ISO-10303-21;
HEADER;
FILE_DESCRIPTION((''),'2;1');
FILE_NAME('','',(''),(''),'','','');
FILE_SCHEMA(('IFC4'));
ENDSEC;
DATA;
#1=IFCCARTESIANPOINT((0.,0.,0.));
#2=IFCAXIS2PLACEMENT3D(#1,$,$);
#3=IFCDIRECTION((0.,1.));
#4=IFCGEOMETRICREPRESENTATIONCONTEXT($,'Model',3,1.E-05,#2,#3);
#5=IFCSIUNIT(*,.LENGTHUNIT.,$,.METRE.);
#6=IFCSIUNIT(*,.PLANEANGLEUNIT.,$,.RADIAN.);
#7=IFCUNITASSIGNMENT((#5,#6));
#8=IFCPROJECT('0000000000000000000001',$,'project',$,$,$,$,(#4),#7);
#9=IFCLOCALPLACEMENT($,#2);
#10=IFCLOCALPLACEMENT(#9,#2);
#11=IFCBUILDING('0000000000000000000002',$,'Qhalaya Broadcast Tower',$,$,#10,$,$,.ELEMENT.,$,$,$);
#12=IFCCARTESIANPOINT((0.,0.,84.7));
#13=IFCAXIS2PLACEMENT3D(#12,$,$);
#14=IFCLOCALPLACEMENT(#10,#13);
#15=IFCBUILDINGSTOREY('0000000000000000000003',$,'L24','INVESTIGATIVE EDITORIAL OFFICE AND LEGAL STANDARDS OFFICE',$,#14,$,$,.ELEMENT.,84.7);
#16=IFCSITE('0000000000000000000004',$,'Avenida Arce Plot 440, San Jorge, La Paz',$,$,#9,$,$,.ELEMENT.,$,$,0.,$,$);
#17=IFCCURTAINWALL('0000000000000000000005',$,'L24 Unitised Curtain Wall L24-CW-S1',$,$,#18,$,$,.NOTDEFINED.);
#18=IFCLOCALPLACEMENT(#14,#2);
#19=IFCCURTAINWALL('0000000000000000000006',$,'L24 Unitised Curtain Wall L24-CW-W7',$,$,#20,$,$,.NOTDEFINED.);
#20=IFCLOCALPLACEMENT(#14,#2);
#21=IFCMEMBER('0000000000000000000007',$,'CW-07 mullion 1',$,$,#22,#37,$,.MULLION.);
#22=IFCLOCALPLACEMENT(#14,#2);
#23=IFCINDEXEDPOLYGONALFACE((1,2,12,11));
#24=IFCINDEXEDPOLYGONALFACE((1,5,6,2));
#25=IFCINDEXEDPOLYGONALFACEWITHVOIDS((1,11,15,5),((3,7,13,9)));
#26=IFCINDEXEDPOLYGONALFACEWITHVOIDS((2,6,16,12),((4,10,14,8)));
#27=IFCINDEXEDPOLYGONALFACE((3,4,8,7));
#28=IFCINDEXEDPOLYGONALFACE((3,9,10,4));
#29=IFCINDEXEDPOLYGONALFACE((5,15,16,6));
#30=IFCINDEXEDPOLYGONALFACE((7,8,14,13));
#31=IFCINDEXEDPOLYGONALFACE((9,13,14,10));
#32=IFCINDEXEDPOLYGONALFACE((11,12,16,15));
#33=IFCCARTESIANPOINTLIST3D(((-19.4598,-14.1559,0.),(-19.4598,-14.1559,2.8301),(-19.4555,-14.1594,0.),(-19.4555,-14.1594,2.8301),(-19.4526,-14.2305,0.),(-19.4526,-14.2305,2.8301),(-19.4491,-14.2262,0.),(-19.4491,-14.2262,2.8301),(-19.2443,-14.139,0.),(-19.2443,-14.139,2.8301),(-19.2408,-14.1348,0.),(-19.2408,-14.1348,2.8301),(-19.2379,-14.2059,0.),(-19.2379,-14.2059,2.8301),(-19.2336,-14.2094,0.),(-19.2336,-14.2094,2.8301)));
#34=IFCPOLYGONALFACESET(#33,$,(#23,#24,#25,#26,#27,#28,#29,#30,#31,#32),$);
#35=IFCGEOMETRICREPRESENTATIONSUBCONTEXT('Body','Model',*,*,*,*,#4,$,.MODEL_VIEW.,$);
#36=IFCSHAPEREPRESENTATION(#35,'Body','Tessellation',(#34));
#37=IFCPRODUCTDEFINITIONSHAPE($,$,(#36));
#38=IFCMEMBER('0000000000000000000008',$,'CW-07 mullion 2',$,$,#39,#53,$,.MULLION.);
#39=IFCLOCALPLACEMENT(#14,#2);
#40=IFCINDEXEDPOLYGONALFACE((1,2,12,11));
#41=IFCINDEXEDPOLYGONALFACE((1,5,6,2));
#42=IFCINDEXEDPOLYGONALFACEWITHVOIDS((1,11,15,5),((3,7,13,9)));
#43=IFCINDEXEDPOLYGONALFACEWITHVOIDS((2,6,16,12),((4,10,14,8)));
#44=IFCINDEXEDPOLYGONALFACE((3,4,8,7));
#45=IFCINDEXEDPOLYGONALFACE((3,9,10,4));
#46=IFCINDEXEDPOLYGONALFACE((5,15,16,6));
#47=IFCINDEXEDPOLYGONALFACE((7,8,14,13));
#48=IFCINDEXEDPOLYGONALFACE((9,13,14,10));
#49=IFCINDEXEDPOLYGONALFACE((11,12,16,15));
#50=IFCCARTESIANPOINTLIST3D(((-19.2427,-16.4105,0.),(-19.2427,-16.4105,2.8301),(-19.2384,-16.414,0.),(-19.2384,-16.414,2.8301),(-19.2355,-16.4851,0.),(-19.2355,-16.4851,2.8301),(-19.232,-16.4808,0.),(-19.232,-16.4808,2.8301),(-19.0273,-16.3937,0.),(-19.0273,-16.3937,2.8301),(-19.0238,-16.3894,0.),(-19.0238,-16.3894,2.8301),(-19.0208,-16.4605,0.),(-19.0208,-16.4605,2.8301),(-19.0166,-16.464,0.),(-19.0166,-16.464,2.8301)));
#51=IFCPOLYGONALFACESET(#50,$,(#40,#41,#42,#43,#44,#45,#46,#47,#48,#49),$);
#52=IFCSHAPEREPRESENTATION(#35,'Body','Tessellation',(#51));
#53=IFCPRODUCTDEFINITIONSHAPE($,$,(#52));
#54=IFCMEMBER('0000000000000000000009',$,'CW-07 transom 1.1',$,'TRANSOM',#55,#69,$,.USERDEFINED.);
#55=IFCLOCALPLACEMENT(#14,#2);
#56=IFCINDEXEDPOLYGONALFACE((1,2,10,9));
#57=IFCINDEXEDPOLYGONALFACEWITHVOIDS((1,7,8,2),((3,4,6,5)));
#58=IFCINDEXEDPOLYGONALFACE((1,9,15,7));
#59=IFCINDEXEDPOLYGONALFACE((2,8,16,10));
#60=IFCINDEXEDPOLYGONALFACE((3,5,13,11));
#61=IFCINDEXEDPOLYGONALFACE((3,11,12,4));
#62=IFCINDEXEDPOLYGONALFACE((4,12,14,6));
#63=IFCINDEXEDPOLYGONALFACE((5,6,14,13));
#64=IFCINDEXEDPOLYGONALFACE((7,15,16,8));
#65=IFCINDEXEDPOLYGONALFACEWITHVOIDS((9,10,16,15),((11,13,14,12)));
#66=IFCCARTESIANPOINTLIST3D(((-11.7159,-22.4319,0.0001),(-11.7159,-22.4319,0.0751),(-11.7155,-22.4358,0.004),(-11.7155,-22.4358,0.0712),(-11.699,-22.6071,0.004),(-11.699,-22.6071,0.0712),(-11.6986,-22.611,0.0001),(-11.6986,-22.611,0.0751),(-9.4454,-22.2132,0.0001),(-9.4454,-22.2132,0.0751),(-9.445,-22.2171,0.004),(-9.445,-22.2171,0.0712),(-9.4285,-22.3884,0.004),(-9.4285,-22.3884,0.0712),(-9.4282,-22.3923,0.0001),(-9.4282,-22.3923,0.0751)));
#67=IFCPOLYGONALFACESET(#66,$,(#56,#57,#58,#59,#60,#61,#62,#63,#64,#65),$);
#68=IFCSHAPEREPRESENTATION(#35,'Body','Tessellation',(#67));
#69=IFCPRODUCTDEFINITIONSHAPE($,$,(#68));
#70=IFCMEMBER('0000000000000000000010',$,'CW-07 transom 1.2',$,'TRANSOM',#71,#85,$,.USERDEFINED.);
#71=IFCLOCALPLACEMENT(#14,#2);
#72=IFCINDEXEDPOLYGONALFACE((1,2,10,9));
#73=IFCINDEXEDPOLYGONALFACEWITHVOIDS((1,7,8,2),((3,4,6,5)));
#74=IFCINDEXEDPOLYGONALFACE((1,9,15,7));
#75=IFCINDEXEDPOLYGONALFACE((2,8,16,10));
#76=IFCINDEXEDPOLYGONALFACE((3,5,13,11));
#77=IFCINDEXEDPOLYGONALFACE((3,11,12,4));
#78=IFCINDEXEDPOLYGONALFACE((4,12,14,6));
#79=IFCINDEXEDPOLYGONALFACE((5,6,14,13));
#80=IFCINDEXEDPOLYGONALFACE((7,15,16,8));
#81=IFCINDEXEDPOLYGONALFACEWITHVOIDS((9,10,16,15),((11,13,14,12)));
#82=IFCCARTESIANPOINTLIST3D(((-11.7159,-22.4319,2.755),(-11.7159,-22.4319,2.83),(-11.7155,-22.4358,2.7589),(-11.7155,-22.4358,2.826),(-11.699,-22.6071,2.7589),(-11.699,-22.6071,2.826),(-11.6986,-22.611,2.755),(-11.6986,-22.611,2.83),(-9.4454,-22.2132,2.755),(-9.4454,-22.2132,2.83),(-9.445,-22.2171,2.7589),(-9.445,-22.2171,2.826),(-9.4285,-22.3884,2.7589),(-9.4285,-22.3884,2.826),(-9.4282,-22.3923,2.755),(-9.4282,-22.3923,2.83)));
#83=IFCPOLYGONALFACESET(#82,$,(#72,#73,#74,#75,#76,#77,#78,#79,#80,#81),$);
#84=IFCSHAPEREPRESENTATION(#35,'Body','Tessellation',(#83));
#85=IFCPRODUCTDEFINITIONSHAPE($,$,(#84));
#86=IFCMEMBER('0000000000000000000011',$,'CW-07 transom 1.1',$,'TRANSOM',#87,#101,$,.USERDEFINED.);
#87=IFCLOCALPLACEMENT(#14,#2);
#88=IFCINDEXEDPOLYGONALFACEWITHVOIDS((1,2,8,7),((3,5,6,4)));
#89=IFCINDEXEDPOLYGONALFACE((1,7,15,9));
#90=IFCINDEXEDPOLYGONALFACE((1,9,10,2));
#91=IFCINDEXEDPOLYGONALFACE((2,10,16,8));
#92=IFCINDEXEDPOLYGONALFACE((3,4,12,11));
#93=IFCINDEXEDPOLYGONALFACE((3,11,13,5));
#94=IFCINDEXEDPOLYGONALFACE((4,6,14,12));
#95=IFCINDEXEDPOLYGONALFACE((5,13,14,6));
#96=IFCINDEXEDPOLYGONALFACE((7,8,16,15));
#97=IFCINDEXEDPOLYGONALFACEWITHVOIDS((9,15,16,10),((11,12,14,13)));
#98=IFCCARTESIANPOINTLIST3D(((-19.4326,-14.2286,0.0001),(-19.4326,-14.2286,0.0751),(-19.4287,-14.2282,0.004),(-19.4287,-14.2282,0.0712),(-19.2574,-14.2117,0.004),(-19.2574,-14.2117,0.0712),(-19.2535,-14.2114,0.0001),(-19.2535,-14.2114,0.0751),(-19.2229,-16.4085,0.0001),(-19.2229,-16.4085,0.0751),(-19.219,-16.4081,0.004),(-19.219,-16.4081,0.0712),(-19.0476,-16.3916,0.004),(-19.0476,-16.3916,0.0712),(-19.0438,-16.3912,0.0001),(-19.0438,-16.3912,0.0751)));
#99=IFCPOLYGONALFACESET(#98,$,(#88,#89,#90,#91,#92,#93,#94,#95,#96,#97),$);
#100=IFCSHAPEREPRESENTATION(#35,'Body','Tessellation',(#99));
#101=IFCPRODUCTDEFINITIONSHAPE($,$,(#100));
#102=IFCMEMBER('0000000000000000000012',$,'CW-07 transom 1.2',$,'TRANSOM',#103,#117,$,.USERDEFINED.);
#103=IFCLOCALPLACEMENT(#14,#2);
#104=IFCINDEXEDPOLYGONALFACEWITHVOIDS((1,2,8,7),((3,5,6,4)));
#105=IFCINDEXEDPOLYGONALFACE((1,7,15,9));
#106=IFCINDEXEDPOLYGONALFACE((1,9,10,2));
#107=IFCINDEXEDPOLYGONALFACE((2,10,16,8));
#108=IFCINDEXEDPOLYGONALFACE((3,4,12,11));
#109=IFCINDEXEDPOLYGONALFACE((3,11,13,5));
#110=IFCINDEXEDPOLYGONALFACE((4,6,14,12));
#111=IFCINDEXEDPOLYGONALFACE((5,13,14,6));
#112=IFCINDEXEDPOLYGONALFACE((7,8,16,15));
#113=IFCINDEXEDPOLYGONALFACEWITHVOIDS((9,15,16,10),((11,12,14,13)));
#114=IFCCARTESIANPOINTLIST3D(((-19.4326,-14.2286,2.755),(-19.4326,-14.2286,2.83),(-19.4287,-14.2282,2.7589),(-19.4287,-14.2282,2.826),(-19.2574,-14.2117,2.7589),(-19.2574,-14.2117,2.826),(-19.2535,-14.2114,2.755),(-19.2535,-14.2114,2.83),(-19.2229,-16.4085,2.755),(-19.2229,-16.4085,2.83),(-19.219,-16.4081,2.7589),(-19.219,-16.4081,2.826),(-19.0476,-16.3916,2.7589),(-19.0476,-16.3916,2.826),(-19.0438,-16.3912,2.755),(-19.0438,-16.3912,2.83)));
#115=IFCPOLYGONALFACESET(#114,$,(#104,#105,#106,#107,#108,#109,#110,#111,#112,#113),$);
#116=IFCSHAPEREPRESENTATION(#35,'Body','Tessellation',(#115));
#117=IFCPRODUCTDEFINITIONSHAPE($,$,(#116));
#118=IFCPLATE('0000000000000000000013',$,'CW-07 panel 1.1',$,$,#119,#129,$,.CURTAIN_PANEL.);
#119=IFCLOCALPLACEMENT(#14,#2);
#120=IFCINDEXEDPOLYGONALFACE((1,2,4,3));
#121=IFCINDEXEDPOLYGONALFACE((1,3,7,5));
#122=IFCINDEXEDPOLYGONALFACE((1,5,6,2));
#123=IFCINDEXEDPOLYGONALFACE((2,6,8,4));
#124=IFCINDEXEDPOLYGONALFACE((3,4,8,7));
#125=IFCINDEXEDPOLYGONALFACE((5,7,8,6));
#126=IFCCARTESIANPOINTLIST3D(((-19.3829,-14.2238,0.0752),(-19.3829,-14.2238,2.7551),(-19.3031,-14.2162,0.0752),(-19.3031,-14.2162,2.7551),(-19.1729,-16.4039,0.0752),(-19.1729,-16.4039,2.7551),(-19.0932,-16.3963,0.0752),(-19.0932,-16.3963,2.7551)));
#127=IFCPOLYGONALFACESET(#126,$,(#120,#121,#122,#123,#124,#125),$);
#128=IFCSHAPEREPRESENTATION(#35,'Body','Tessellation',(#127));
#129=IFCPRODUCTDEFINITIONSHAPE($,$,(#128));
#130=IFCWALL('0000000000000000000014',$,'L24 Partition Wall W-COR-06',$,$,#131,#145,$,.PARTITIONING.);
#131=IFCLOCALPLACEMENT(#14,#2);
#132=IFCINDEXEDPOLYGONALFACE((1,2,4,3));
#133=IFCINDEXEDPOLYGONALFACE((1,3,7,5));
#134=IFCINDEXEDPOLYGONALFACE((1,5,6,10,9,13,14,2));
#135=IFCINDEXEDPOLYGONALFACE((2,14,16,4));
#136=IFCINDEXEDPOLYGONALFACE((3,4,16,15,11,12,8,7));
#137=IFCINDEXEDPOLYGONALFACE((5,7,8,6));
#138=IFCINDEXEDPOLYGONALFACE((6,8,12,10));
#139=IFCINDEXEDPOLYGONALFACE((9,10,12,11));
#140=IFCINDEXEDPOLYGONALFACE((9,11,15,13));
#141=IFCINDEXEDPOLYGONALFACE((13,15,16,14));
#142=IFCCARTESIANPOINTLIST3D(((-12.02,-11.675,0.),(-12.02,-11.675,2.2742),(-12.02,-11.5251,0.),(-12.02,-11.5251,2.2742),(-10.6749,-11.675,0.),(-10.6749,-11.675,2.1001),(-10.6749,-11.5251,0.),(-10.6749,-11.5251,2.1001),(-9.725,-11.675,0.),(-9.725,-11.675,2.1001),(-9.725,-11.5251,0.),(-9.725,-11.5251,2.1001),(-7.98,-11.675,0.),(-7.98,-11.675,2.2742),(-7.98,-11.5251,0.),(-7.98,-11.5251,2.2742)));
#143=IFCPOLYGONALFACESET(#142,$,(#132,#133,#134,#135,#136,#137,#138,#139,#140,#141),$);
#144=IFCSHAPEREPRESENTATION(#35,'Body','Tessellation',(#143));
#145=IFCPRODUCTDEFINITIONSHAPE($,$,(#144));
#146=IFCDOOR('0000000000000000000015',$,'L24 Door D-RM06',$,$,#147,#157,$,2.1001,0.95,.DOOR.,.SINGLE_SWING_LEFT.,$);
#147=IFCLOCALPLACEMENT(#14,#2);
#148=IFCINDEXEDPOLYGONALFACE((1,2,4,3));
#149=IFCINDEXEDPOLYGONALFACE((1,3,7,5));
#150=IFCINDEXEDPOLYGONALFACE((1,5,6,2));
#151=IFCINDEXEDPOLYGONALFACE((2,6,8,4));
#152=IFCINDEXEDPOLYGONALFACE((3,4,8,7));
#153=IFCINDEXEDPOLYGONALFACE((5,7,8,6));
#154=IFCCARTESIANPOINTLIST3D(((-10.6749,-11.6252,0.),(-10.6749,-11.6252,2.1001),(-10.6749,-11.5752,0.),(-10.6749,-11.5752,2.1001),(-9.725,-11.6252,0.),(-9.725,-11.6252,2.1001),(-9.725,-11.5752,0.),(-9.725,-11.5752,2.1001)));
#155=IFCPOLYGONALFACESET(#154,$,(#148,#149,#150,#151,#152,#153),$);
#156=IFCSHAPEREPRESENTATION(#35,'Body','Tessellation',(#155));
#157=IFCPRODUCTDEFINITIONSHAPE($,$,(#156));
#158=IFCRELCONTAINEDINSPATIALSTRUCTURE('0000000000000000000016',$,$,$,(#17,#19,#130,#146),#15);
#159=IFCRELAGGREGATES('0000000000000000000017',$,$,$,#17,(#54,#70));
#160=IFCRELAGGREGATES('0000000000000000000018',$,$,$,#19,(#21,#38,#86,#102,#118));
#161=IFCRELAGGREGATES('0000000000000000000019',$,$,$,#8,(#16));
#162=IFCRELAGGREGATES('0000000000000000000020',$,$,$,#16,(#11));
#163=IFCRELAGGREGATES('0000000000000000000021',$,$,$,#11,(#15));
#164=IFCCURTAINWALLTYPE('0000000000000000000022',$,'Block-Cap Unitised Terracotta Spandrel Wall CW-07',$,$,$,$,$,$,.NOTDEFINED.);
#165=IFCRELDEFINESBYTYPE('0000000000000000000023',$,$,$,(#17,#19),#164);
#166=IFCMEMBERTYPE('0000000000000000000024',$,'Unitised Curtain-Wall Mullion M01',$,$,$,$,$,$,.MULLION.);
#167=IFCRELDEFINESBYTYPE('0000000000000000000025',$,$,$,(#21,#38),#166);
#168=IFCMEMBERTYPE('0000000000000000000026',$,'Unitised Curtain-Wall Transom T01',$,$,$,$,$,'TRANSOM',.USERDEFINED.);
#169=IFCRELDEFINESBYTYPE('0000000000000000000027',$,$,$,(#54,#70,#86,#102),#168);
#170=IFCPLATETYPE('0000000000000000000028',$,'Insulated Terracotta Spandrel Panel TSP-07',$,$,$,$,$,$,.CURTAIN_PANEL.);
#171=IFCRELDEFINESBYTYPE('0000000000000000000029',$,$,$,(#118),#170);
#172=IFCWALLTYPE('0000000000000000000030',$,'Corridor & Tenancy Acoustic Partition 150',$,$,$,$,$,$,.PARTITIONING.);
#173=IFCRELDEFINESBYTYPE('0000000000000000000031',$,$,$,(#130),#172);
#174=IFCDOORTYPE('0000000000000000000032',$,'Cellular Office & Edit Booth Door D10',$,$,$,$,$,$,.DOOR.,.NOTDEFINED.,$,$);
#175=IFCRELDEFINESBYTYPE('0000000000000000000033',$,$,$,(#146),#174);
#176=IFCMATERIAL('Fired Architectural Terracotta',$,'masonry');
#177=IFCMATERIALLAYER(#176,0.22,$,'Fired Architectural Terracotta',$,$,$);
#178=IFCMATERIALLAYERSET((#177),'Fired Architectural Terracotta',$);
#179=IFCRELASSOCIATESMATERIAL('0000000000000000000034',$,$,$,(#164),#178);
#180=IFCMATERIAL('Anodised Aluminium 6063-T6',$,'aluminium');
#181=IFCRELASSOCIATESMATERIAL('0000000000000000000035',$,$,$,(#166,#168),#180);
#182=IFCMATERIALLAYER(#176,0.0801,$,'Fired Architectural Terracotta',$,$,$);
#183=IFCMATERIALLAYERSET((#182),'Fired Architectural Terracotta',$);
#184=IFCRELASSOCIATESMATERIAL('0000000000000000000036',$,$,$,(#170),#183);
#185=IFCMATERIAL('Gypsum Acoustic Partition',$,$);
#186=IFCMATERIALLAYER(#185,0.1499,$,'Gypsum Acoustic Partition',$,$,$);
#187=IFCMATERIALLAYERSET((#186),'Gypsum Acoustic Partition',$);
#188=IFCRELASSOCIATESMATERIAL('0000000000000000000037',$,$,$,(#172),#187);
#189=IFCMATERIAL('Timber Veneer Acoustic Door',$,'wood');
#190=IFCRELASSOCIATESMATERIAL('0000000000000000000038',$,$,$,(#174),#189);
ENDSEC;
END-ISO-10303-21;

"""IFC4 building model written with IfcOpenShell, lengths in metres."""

from ifc_helpers import new_model, si_unit, direction, frame, frame_2d, origin, origin_2d, place, context, subcontext, project, spatial, rectangle, hollow_rectangle, extrude, material, layer, layer_set, material_profile, profile_set, type_object, element, fill, aggregate, save


model = new_model("IFC4")

# Units and contexts
model_context = context("Model", 3, precision=1e-05, world=origin(), true_north=direction((0.0, 1.0)))
body_context = subcontext(model_context, "Body", "Model", "MODEL_VIEW")
ifc_project = project(units=[si_unit("LENGTHUNIT", "METRE"), si_unit("PLANEANGLEUNIT", "RADIAN")], contexts=[model_context])

# Site, building, storey
site_placement = place(None, origin())
site = spatial("IfcSite", under=ifc_project, at=site_placement, Name="Avenida Arce Plot 440, San Jorge, La Paz", CompositionType="ELEMENT", RefElevation=0.0)
building_placement = place(site_placement, origin())
building = spatial("IfcBuilding", under=site, at=building_placement, Name="Qhalaya Broadcast Tower", CompositionType="ELEMENT")
storey_placement = place(building_placement, frame((0.0, 0.0, 84.7)))
storey = spatial("IfcBuildingStorey", under=building, at=storey_placement, Name="L24", Description="INVESTIGATIVE EDITORIAL OFFICE AND LEGAL STANDARDS OFFICE", CompositionType="ELEMENT", Elevation=84.7)

# Curtain wall
ifc_material_1 = material(Name="Fired Architectural Terracotta", Category="masonry")
ifc_layer_1 = layer(ifc_material_1, 0.22, Name="Fired Architectural Terracotta")
ifc_layer_set_1 = layer_set([ifc_layer_1], Name="Fired Architectural Terracotta")
curtain_wall_type_1 = type_object("IfcCurtainWallType", Name="Block-Cap Unitised Terracotta Spandrel Wall CW-07", PredefinedType="NOTDEFINED", material=ifc_layer_set_1)
curtain_wall_1_placement = place(storey_placement, origin())
curtain_wall_1 = element("IfcCurtainWall", 1, at=curtain_wall_1_placement, inside=storey, type_object=curtain_wall_type_1, Name="L24 Unitised Curtain Wall L24-CW-S1", PredefinedType="NOTDEFINED")
ifc_material_2 = material(Name="Anodised Aluminium 6063-T6", Category="aluminium")
ifc_material_profile_1 = material_profile(ifc_material_2, hollow_rectangle(XDim=0.075, YDim=0.22, WallThickness=0.0039, at=origin_2d()), Name="ALU-MUL 75x220x4")
ifc_profile_set_1 = profile_set([ifc_material_profile_1], Name="Anodised Aluminium 6063-T6")
member_type_1 = type_object("IfcMemberType", Name="Unitised Curtain-Wall Mullion M01", PredefinedType="MULLION", material=ifc_profile_set_1)

# Curtain wall, members
curtain_wall_2_placement = place(storey_placement, origin())
curtain_wall_2 = element("IfcCurtainWall", 2, at=curtain_wall_2_placement, inside=storey, type_object=curtain_wall_type_1, Name="L24 Unitised Curtain Wall L24-CW-W7", PredefinedType="NOTDEFINED")
member_1_placement = place(storey_placement, frame((-19.3467, -14.1826, 0.0), z_axis=(0.0, 0.0, 1.0), x_axis=(0.095852, -0.995396, 0.0)))
member_1 = element("IfcMember", 3, at=member_1_placement, type_object=member_type_1, Name="CW-07 mullion 1", PredefinedType="MULLION", context=body_context, shape_type="SweptSolid", body=[
    extrude(hollow_rectangle(XDim=0.075, YDim=0.22, WallThickness=0.0039, at=origin_2d()), origin(), (0.0, 0.0, 1.0), 2.8301),
])
member_2_placement = place(storey_placement, frame((-19.1296, -16.4373, 0.0), z_axis=(0.0, 0.0, 1.0), x_axis=(0.095852, -0.995396, 0.0)))
member_2 = element("IfcMember", 4, at=member_2_placement, type_object=member_type_1, Name="CW-07 mullion 2", PredefinedType="MULLION", context=body_context, shape_type="SweptSolid", body=[
    extrude(hollow_rectangle(XDim=0.075, YDim=0.22, WallThickness=0.0039, at=origin_2d()), origin(), (0.0, 0.0, 1.0), 2.8301),
])

# Members
ifc_material_profile_2 = material_profile(ifc_material_2, hollow_rectangle(XDim=0.075, YDim=0.1799, WallThickness=0.0039, at=origin_2d()), Name="ALU-TRN 75x180x4")
ifc_profile_set_2 = profile_set([ifc_material_profile_2], Name="Anodised Aluminium 6063-T6")
member_type_2 = type_object("IfcMemberType", Name="Unitised Curtain-Wall Transom T01", ElementType="TRANSOM", PredefinedType="USERDEFINED", material=ifc_profile_set_2)
member_3_placement = place(storey_placement, frame((-11.7073, -22.5215, 0.0376), z_axis=(0.995391, 0.0959, 0.0), x_axis=(0.0, 0.0, 1.0)))
member_3 = element("IfcMember", 5, at=member_3_placement, type_object=member_type_2, Name="CW-07 transom 1.1", ObjectType="TRANSOM", PredefinedType="USERDEFINED", context=body_context, shape_type="SweptSolid", body=[
    extrude(hollow_rectangle(XDim=0.075, YDim=0.1799, WallThickness=0.0039, at=origin_2d()), origin(), (0.0, 0.0, 1.0), 2.281),
])
member_4_placement = place(storey_placement, frame((-11.7073, -22.5215, 2.7925), z_axis=(0.995391, 0.0959, 0.0), x_axis=(0.0, 0.0, 1.0)))
member_4 = element("IfcMember", 6, at=member_4_placement, type_object=member_type_2, Name="CW-07 transom 1.2", ObjectType="TRANSOM", PredefinedType="USERDEFINED", context=body_context, shape_type="SweptSolid", body=[
    extrude(hollow_rectangle(XDim=0.075, YDim=0.1799, WallThickness=0.0039, at=origin_2d()), origin(), (0.0, 0.0, 1.0), 2.281),
])
aggregate(curtain_wall_1, [member_3, member_4])
member_5_placement = place(storey_placement, frame((-19.343, -14.22, 0.0376), z_axis=(0.095761, -0.995404, 0.0), x_axis=(0.0, 0.0, 1.0)))
member_5 = element("IfcMember", 7, at=member_5_placement, type_object=member_type_2, Name="CW-07 transom 1.1", ObjectType="TRANSOM", PredefinedType="USERDEFINED", context=body_context, shape_type="SweptSolid", body=[
    extrude(hollow_rectangle(XDim=0.075, YDim=0.1799, WallThickness=0.0039, at=origin_2d()), origin(), (0.0, 0.0, 1.0), 2.1899),
])
member_6_placement = place(storey_placement, frame((-19.343, -14.22, 2.7925), z_axis=(0.095761, -0.995404, 0.0), x_axis=(0.0, 0.0, 1.0)))
member_6 = element("IfcMember", 8, at=member_6_placement, type_object=member_type_2, Name="CW-07 transom 1.2", ObjectType="TRANSOM", PredefinedType="USERDEFINED", context=body_context, shape_type="SweptSolid", body=[
    extrude(hollow_rectangle(XDim=0.075, YDim=0.1799, WallThickness=0.0039, at=origin_2d()), origin(), (0.0, 0.0, 1.0), 2.1899),
])

# Plate
ifc_layer_2 = layer(ifc_material_1, 0.0801, Name="Fired Architectural Terracotta")
ifc_layer_set_2 = layer_set([ifc_layer_2], Name="Fired Architectural Terracotta")
plate_type = type_object("IfcPlateType", Name="Insulated Terracotta Spandrel Panel TSP-07", PredefinedType="CURTAIN_PANEL", material=ifc_layer_set_2)
plate_placement = place(storey_placement, frame((-19.238, -15.3101, 0.0752), z_axis=(0.0, 0.0, 1.0), x_axis=(0.095852, -0.995396, 0.0)))
plate = element("IfcPlate", 9, at=plate_placement, type_object=plate_type, Name="CW-07 panel 1.1", PredefinedType="CURTAIN_PANEL", context=body_context, shape_type="SweptSolid", body=[
    extrude(rectangle(XDim=2.1902, YDim=0.0801, at=origin_2d()), origin(), (0.0, 0.0, 1.0), 2.6799),
])
aggregate(curtain_wall_2, [member_1, member_2, member_5, member_6, plate])

# Wall, opening, door
ifc_material_3 = material(Name="Gypsum Acoustic Partition")
ifc_layer_3 = layer(ifc_material_3, 0.1499, Name="Gypsum Acoustic Partition")
ifc_layer_set_3 = layer_set([ifc_layer_3], Name="Gypsum Acoustic Partition")
wall_type_1 = type_object("IfcWallType", Name="Corridor & Tenancy Acoustic Partition 150", PredefinedType="PARTITIONING", material=ifc_layer_set_3)
wall_1_placement = place(storey_placement, frame((-12.02, -11.6001, 0.0), z_axis=(0.0, 0.0, 1.0), x_axis=(1.0, 0.0, 0.0)))
wall_1 = element("IfcWall", 10, at=wall_1_placement, inside=storey, type_object=wall_type_1, Name="L24 Partition Wall W-COR-06", PredefinedType="PARTITIONING", context=body_context, shape_type="SweptSolid", body=[
    extrude(rectangle(XDim=4.04, YDim=0.1499, at=frame_2d((2.02, 0.0))), origin(), (0.0, 0.0, 1.0), 2.2742),
])
opening_1_placement = place(wall_1_placement, frame((1.345, 0.0, 0.0)))
opening_1 = element("IfcOpeningElement", 11, at=opening_1_placement, cuts=wall_1, PredefinedType="OPENING", context=body_context, shape_type="SweptSolid", body=[
    extrude(rectangle(XDim=0.95, YDim=2.1001, at=frame_2d((0.4751, 1.05))), frame((0.0, 0.0869, 0.0), z_axis=(0.0, -1.0, 0.0), x_axis=(1.0, 0.0, 0.0)), (0.0, 0.0, 1.0), 0.1738),
])
ifc_material_4 = material(Name="Timber Veneer Acoustic Door", Category="wood")
door_type = type_object("IfcDoorType", Name="Cellular Office & Edit Booth Door D10", OperationType="NOTDEFINED", PredefinedType="DOOR", material=ifc_material_4)
door_1_placement = place(opening_1_placement, origin())
door_1 = element("IfcDoor", 12, at=door_1_placement, inside=storey, type_object=door_type, Name="L24 Door D-RM06", OperationType="SINGLE_SWING_LEFT", OverallHeight=2.1001, OverallWidth=0.95, PredefinedType="DOOR", context=body_context, shape_type="SweptSolid", body=[
    extrude(rectangle(XDim=0.95, YDim=2.1001, at=frame_2d((0.4751, 1.05))), frame((0.0, 0.0249, 0.0), z_axis=(0.0, -1.0, 0.0), x_axis=(1.0, 0.0, 0.0)), (0.0, 0.0, 1.0), 0.05),
])
fill(opening_1, door_1)

save(model, "model.ifc")
